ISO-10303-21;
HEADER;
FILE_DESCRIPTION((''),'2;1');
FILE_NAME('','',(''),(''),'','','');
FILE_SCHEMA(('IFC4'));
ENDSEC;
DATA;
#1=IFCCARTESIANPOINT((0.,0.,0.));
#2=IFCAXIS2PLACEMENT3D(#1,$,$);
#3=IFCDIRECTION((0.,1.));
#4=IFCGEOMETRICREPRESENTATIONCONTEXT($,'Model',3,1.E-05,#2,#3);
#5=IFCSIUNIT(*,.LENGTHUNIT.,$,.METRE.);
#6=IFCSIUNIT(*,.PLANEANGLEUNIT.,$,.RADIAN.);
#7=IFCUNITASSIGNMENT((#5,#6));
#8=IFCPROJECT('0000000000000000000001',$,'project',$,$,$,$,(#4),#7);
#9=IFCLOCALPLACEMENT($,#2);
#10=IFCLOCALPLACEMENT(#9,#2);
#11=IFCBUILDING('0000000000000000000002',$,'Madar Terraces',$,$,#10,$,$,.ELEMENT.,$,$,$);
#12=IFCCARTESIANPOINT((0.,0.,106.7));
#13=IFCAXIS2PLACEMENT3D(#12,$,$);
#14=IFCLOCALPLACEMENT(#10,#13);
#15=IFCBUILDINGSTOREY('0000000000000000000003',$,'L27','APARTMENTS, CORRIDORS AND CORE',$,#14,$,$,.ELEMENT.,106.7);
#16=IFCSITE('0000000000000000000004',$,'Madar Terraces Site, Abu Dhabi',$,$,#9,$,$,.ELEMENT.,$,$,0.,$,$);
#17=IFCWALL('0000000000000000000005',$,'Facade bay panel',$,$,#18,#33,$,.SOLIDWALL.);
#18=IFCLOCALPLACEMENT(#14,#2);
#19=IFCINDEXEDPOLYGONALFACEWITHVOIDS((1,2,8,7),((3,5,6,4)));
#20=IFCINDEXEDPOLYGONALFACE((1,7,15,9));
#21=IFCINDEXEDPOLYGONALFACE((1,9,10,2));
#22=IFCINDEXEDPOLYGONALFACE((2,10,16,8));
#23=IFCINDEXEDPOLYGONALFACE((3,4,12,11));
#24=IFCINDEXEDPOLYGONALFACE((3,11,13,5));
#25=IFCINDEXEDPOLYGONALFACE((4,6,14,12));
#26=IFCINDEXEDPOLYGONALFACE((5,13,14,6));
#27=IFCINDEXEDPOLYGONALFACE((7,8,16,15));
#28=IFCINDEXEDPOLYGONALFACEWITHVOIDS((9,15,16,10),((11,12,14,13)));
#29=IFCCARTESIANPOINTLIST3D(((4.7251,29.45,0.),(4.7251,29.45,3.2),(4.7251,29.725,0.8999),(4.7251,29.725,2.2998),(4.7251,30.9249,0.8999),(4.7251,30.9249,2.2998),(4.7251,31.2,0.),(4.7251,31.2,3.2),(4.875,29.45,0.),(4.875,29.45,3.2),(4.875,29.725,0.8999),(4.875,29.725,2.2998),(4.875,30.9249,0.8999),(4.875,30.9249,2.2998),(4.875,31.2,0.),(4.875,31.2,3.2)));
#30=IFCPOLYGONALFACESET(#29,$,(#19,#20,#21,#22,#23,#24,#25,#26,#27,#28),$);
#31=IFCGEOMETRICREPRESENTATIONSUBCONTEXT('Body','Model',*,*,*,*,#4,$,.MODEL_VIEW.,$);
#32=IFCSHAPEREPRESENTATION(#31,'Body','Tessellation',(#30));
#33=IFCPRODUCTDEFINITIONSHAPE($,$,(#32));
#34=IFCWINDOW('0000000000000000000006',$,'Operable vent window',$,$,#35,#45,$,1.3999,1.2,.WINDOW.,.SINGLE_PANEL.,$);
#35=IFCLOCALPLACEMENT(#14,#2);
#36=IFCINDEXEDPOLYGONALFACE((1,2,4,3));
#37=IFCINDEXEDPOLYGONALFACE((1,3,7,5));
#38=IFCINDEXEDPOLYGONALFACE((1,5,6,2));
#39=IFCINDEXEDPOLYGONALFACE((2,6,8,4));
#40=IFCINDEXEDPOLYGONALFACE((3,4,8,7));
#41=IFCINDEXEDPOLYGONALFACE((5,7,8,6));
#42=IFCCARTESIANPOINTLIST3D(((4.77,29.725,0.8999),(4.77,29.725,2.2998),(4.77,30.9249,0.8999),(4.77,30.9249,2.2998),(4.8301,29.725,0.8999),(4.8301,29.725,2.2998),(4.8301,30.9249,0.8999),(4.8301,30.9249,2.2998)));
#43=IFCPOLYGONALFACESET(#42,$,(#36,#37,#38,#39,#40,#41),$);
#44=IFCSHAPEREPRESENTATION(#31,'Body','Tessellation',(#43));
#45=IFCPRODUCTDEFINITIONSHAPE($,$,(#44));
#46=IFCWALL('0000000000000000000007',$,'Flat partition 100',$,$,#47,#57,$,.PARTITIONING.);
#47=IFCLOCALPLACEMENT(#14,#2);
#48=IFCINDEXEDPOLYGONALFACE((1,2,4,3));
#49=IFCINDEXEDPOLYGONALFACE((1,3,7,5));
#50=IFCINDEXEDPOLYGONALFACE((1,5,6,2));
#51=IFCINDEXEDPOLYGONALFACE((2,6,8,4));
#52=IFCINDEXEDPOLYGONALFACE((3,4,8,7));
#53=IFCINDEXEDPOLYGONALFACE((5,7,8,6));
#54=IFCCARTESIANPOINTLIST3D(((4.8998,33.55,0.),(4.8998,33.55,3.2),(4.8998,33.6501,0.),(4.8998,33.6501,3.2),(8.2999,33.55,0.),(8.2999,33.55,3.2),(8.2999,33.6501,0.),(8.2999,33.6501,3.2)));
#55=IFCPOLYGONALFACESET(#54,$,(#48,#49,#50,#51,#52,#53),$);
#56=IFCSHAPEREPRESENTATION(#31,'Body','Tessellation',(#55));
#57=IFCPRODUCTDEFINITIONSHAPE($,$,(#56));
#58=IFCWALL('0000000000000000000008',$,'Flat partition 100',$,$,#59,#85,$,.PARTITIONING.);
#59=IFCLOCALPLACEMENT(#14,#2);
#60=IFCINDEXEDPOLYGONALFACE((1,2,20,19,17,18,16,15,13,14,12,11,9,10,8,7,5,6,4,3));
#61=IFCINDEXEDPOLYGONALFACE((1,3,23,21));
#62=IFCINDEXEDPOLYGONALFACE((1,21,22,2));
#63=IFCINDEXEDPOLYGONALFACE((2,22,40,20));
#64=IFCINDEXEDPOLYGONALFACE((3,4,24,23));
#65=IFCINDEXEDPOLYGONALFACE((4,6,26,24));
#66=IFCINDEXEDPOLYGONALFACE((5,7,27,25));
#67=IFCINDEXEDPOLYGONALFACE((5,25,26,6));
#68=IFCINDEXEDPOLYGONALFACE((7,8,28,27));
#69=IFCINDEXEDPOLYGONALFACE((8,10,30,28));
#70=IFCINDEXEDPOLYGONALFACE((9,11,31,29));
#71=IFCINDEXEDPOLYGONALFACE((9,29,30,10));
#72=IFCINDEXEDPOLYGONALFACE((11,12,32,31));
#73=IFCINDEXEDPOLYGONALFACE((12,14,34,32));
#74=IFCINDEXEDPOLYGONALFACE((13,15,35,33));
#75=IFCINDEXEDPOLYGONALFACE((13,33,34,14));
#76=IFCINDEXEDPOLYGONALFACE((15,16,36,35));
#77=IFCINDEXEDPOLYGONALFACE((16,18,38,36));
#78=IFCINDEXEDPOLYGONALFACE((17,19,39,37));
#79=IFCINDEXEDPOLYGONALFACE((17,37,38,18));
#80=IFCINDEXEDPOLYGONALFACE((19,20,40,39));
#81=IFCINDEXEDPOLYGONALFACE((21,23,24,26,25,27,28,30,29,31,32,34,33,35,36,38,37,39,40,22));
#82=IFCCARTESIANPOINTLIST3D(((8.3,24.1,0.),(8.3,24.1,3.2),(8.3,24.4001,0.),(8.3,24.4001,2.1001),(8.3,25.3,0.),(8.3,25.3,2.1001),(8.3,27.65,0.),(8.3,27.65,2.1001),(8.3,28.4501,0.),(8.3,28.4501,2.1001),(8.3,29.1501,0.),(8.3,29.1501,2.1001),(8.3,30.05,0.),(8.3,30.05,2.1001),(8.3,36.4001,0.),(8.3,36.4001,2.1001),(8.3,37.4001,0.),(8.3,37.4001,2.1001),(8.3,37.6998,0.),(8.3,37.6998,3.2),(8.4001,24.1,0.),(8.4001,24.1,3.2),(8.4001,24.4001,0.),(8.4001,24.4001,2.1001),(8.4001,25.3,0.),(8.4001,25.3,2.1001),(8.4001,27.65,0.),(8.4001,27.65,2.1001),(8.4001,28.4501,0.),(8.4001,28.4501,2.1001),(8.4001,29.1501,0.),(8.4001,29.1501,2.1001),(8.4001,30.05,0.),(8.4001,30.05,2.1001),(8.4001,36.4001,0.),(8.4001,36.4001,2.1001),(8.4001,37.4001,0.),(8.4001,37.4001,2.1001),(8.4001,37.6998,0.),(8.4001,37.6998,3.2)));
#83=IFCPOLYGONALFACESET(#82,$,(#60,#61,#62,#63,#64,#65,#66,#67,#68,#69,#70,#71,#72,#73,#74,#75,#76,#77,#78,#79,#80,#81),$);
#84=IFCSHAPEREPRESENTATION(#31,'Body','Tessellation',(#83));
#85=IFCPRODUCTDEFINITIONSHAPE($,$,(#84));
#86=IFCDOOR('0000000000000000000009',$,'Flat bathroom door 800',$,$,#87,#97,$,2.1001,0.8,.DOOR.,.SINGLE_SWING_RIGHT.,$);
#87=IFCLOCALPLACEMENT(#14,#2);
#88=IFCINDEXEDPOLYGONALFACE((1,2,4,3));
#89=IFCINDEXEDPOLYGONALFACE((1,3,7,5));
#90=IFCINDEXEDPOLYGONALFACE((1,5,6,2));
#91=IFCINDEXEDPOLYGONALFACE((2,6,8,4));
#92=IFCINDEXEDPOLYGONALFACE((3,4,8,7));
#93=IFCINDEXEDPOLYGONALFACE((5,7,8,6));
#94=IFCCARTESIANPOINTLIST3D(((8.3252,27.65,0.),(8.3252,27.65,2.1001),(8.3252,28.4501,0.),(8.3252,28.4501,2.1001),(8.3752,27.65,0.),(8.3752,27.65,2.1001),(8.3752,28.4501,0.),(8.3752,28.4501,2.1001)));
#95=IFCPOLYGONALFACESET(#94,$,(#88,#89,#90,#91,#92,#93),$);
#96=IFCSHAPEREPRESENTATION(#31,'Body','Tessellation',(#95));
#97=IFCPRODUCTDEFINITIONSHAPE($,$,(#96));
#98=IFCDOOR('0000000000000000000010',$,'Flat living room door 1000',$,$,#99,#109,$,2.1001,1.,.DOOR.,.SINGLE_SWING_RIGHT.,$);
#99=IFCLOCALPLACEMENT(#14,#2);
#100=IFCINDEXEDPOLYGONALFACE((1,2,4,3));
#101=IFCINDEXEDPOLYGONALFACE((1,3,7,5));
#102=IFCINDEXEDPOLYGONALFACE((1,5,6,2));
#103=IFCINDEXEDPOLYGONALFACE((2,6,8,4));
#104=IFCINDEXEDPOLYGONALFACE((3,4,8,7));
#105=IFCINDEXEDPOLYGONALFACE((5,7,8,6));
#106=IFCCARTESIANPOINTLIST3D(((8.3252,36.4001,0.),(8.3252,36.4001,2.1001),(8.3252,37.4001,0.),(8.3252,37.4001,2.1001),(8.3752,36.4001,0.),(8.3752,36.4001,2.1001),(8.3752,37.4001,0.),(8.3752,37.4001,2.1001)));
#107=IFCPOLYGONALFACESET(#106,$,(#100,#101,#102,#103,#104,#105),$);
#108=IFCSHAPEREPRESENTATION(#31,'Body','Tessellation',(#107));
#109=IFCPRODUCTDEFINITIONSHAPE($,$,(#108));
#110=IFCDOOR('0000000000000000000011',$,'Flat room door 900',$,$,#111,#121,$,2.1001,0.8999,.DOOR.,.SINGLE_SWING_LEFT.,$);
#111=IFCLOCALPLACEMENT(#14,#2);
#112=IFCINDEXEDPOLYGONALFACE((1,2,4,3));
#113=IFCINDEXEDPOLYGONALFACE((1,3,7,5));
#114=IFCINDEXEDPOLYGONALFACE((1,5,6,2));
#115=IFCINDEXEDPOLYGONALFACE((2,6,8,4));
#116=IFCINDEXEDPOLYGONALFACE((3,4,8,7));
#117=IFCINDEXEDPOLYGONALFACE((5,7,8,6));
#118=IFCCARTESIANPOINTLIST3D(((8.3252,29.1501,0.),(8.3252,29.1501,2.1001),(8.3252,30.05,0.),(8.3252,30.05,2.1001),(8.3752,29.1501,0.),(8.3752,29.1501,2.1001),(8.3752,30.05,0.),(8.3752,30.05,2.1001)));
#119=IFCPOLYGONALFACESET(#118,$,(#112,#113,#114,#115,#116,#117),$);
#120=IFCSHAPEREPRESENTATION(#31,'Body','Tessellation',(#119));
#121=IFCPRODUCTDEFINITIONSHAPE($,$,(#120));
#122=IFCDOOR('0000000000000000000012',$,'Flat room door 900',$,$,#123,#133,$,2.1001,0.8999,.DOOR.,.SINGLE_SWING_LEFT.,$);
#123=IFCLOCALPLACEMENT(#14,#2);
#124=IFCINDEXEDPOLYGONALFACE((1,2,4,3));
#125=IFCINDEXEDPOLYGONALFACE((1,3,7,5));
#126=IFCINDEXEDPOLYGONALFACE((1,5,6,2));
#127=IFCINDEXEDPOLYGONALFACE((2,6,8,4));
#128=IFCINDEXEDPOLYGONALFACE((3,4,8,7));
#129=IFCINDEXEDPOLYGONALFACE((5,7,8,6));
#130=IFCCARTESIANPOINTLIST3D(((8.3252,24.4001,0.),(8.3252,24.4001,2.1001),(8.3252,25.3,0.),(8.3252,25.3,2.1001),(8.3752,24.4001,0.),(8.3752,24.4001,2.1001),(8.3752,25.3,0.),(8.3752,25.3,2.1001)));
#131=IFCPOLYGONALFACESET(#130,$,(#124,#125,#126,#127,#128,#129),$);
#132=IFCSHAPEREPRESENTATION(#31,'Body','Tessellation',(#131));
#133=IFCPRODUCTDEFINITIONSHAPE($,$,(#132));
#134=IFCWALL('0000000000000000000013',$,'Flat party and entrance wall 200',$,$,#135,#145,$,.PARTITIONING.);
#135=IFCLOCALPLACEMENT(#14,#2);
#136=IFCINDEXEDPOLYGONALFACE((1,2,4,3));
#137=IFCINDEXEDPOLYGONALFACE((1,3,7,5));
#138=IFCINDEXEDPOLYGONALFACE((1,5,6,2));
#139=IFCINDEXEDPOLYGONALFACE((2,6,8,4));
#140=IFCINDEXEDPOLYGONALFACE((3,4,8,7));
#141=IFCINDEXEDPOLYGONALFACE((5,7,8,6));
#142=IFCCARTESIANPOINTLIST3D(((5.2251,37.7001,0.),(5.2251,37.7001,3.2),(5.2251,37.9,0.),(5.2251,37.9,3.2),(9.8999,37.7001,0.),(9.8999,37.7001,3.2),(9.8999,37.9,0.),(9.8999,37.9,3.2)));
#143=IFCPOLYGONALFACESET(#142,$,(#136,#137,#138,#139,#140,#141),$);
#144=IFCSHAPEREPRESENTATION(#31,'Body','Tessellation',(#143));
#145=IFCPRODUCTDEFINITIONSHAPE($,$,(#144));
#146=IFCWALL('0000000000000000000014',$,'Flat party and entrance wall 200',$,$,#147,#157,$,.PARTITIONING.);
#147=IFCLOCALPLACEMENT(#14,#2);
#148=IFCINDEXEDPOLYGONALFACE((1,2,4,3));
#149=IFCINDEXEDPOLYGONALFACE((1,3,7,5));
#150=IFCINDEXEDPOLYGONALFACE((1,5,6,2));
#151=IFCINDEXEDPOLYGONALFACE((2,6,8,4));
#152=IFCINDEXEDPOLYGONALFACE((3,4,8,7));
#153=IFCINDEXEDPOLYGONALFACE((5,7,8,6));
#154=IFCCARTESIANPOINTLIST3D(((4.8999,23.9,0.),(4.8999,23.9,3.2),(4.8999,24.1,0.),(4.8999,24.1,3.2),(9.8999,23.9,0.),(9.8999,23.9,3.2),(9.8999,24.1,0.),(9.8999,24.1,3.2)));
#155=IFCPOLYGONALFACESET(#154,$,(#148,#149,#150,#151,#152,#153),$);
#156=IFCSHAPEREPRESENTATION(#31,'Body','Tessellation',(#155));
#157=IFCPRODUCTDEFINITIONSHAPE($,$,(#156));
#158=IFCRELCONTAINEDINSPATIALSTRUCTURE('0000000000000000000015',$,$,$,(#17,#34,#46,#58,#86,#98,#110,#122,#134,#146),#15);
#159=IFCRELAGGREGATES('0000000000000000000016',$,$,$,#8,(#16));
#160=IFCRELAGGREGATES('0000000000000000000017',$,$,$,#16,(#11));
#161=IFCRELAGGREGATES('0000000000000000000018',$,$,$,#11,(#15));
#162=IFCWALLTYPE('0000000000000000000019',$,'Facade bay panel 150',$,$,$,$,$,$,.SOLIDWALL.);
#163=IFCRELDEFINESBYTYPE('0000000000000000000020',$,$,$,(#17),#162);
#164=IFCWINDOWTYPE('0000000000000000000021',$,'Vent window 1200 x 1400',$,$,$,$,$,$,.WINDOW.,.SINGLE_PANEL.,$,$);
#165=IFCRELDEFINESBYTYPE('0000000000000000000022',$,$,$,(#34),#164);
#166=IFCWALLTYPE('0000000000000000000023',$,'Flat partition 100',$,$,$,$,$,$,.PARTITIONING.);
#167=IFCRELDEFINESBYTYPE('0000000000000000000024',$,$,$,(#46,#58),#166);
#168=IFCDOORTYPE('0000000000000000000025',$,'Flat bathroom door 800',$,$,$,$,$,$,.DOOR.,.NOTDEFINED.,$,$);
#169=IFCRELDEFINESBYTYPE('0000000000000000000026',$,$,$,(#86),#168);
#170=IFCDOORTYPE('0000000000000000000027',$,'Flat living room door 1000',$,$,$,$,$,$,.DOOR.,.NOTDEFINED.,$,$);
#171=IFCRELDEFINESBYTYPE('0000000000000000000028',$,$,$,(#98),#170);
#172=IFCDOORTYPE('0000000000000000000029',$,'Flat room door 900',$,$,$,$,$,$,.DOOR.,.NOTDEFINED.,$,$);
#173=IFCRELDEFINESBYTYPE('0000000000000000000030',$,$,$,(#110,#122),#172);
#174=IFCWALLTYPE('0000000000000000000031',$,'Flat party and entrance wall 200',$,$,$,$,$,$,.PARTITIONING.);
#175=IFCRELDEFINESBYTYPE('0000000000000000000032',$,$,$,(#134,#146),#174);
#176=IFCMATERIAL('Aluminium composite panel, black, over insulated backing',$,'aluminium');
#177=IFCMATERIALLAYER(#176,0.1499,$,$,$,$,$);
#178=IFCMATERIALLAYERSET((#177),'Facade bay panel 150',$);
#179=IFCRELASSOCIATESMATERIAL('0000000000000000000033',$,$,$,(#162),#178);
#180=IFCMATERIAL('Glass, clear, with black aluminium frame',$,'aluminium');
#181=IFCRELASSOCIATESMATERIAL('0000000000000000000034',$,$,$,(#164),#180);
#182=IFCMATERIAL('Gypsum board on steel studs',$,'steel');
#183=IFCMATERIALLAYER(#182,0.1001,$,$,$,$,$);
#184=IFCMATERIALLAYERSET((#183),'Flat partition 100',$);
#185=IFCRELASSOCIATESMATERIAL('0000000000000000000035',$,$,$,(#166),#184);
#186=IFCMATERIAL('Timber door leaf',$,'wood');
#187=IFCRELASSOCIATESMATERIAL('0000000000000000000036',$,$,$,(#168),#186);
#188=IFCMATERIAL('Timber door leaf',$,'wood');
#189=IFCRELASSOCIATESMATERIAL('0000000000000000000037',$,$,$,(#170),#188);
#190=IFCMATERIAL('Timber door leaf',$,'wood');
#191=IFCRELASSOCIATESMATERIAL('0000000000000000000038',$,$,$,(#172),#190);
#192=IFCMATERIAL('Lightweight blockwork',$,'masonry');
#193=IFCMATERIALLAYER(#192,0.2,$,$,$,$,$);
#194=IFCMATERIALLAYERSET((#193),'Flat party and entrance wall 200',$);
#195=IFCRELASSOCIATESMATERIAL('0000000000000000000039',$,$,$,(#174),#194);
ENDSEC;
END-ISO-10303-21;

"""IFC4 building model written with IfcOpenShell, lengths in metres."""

from ifc_helpers import new_model, si_unit, direction, frame, frame_2d, origin, place, context, subcontext, project, spatial, rectangle, extrude, material, layer, layer_set, type_object, element, fill, save


model = new_model("IFC4")

# Units and contexts
model_context = context("Model", 3, precision=1e-05, world=origin(), true_north=direction((0.0, 1.0)))
body_context = subcontext(model_context, "Body", "Model", "MODEL_VIEW")
ifc_project = project(units=[si_unit("LENGTHUNIT", "METRE"), si_unit("PLANEANGLEUNIT", "RADIAN")], contexts=[model_context])

# Site, building, storey
site_placement = place(None, origin())
site = spatial("IfcSite", under=ifc_project, at=site_placement, Name="Madar Terraces Site, Abu Dhabi", CompositionType="ELEMENT", RefElevation=0.0)
building_placement = place(site_placement, origin())
building = spatial("IfcBuilding", under=site, at=building_placement, Name="Madar Terraces", CompositionType="ELEMENT")
storey_placement = place(building_placement, frame((0.0, 0.0, 106.7)))
storey = spatial("IfcBuildingStorey", under=building, at=storey_placement, Name="L27", Description="APARTMENTS, CORRIDORS AND CORE", CompositionType="ELEMENT", Elevation=106.7)

# Wall, opening, window
ifc_material_1 = material(Name="Aluminium composite panel, black, over insulated backing", Category="aluminium")
ifc_layer_1 = layer(ifc_material_1, 0.1499)
ifc_layer_set_1 = layer_set([ifc_layer_1], Name="Facade bay panel 150")
wall_type_1 = type_object("IfcWallType", Name="Facade bay panel 150", PredefinedType="SOLIDWALL", material=ifc_layer_set_1)
ifc_material_2 = material(Name="Glass, clear, with black aluminium frame", Category="aluminium")
window_type = type_object("IfcWindowType", Name="Vent window 1200 x 1400", PartitioningType="SINGLE_PANEL", PredefinedType="WINDOW", material=ifc_material_2)
wall_1_placement = place(storey_placement, frame((4.8, 31.2, 0.0), z_axis=(0.0, 0.0, 1.0), x_axis=(0.0, -1.0, 0.0)))
wall_1 = element("IfcWall", 1, at=wall_1_placement, inside=storey, type_object=wall_type_1, Name="Facade bay panel", PredefinedType="SOLIDWALL", context=body_context, shape_type="SweptSolid", body=[
    extrude(rectangle(XDim=1.75, YDim=0.1499, at=frame_2d((0.875, 0.0))), origin(), (0.0, 0.0, 1.0), 3.2),
])
opening_1_placement = place(wall_1_placement, frame((0.2749, 0.0, 0.8999)))
opening_1 = element("IfcOpeningElement", 2, at=opening_1_placement, cuts=wall_1, PredefinedType="OPENING", context=body_context, shape_type="SweptSolid", body=[
    extrude(rectangle(XDim=1.2, YDim=1.3999, at=frame_2d((0.6001, 0.7))), frame((0.0, 0.085, 0.0), z_axis=(0.0, -1.0, 0.0), x_axis=(1.0, 0.0, 0.0)), (0.0, 0.0, 1.0), 0.1699),
])
window_1_placement = place(opening_1_placement, origin())
window_1 = element("IfcWindow", 3, at=window_1_placement, inside=storey, type_object=window_type, Name="Operable vent window", OverallHeight=1.3999, OverallWidth=1.2, PartitioningType="SINGLE_PANEL", PredefinedType="WINDOW", context=body_context, shape_type="SweptSolid", body=[
    extrude(rectangle(XDim=1.2, YDim=1.3999, at=frame_2d((0.6001, 0.7))), frame((0.0, 0.03, 0.0), z_axis=(0.0, -1.0, 0.0), x_axis=(1.0, 0.0, 0.0)), (0.0, 0.0, 1.0), 0.0601),
])
fill(opening_1, window_1)

# Wall
ifc_material_3 = material(Name="Gypsum board on steel studs", Category="steel")
ifc_layer_2 = layer(ifc_material_3, 0.1001)
ifc_layer_set_2 = layer_set([ifc_layer_2], Name="Flat partition 100")
wall_type_2 = type_object("IfcWallType", Name="Flat partition 100", PredefinedType="PARTITIONING", material=ifc_layer_set_2)
wall_2_placement = place(storey_placement, frame((8.3, 33.6001, 0.0), z_axis=(0.0, 0.0, 1.0), x_axis=(-1.0, 0.0, 0.0)))
element("IfcWall", 4, at=wall_2_placement, inside=storey, type_object=wall_type_2, Name="Flat partition 100", PredefinedType="PARTITIONING", context=body_context, shape_type="SweptSolid", body=[
    extrude(rectangle(XDim=3.4001, YDim=0.1001, at=frame_2d((1.7002, 0.0))), origin(), (0.0, 0.0, 1.0), 3.2),
])

# Wall, openings, doors
wall_3_placement = place(storey_placement, frame((8.3501, 24.1001, 0.0), z_axis=(0.0, 0.0, 1.0), x_axis=(0.0, 1.0, 0.0)))
wall_3 = element("IfcWall", 5, at=wall_3_placement, inside=storey, type_object=wall_type_2, Name="Flat partition 100", PredefinedType="PARTITIONING", context=body_context, shape_type="SweptSolid", body=[
    extrude(rectangle(XDim=13.5999, YDim=0.1001, at=frame_2d((6.7998, 0.0))), origin(), (0.0, 0.0, 1.0), 3.2),
])
opening_2_placement = place(wall_3_placement, frame((12.3, 0.0, 0.0)))
opening_2 = element("IfcOpeningElement", 6, at=opening_2_placement, cuts=wall_3, PredefinedType="OPENING", context=body_context, shape_type="SweptSolid", body=[
    extrude(rectangle(XDim=1.0, YDim=2.1001, at=frame_2d((0.5, 1.05))), frame((0.0, 0.0601, 0.0), z_axis=(0.0, -1.0, 0.0), x_axis=(1.0, 0.0, 0.0)), (0.0, 0.0, 1.0), 0.1201),
])
opening_3_placement = place(wall_3_placement, frame((5.05, 0.0, 0.0)))
opening_3 = element("IfcOpeningElement", 7, at=opening_3_placement, cuts=wall_3, PredefinedType="OPENING", context=body_context, shape_type="SweptSolid", body=[
    extrude(rectangle(XDim=0.8999, YDim=2.1001, at=frame_2d((0.45, 1.05))), frame((0.0, 0.0601, 0.0), z_axis=(0.0, -1.0, 0.0), x_axis=(1.0, 0.0, 0.0)), (0.0, 0.0, 1.0), 0.1201),
])
opening_4_placement = place(wall_3_placement, frame((3.55, 0.0, 0.0)))
opening_4 = element("IfcOpeningElement", 8, at=opening_4_placement, cuts=wall_3, PredefinedType="OPENING", context=body_context, shape_type="SweptSolid", body=[
    extrude(rectangle(XDim=0.8, YDim=2.1001, at=frame_2d((0.3999, 1.05))), frame((0.0, 0.0601, 0.0), z_axis=(0.0, -1.0, 0.0), x_axis=(1.0, 0.0, 0.0)), (0.0, 0.0, 1.0), 0.1201),
])
opening_5_placement = place(wall_3_placement, frame((0.3, 0.0, 0.0)))
opening_5 = element("IfcOpeningElement", 9, at=opening_5_placement, cuts=wall_3, PredefinedType="OPENING", context=body_context, shape_type="SweptSolid", body=[
    extrude(rectangle(XDim=0.8999, YDim=2.1001, at=frame_2d((0.45, 1.05))), frame((0.0, 0.0601, 0.0), z_axis=(0.0, -1.0, 0.0), x_axis=(1.0, 0.0, 0.0)), (0.0, 0.0, 1.0), 0.1201),
])
ifc_material_4 = material(Name="Timber door leaf", Category="wood")
door_type_1 = type_object("IfcDoorType", Name="Flat bathroom door 800", OperationType="NOTDEFINED", PredefinedType="DOOR", material=ifc_material_4)
door_1_placement = place(opening_4_placement, origin())
door_1 = element("IfcDoor", 10, at=door_1_placement, inside=storey, type_object=door_type_1, Name="Flat bathroom door 800", OperationType="SINGLE_SWING_RIGHT", OverallHeight=2.1001, OverallWidth=0.8, PredefinedType="DOOR", context=body_context, shape_type="SweptSolid", body=[
    extrude(rectangle(XDim=0.8, YDim=2.1001, at=frame_2d((0.3999, 1.05))), frame((0.0, 0.0249, 0.0), z_axis=(0.0, -1.0, 0.0), x_axis=(1.0, 0.0, 0.0)), (0.0, 0.0, 1.0), 0.05),
])
fill(opening_4, door_1)
ifc_material_5 = material(Name="Timber door leaf", Category="wood")
door_type_2 = type_object("IfcDoorType", Name="Flat living room door 1000", OperationType="NOTDEFINED", PredefinedType="DOOR", material=ifc_material_5)
door_2_placement = place(opening_2_placement, origin())
door_2 = element("IfcDoor", 11, at=door_2_placement, inside=storey, type_object=door_type_2, Name="Flat living room door 1000", OperationType="SINGLE_SWING_RIGHT", OverallHeight=2.1001, OverallWidth=1.0, PredefinedType="DOOR", context=body_context, shape_type="SweptSolid", body=[
    extrude(rectangle(XDim=1.0, YDim=2.1001, at=frame_2d((0.5, 1.05))), frame((0.0, 0.0249, 0.0), z_axis=(0.0, -1.0, 0.0), x_axis=(1.0, 0.0, 0.0)), (0.0, 0.0, 1.0), 0.05),
])
fill(opening_2, door_2)
ifc_material_6 = material(Name="Timber door leaf", Category="wood")
door_type_3 = type_object("IfcDoorType", Name="Flat room door 900", OperationType="NOTDEFINED", PredefinedType="DOOR", material=ifc_material_6)
door_3_placement = place(opening_3_placement, origin())
door_3 = element("IfcDoor", 12, at=door_3_placement, inside=storey, type_object=door_type_3, Name="Flat room door 900", OperationType="SINGLE_SWING_LEFT", OverallHeight=2.1001, OverallWidth=0.8999, PredefinedType="DOOR", context=body_context, shape_type="SweptSolid", body=[
    extrude(rectangle(XDim=0.8999, YDim=2.1001, at=frame_2d((0.45, 1.05))), frame((0.0, 0.0249, 0.0), z_axis=(0.0, -1.0, 0.0), x_axis=(1.0, 0.0, 0.0)), (0.0, 0.0, 1.0), 0.05),
])
fill(opening_3, door_3)
door_4_placement = place(opening_5_placement, origin())
door_4 = element("IfcDoor", 13, at=door_4_placement, inside=storey, type_object=door_type_3, Name="Flat room door 900", OperationType="SINGLE_SWING_LEFT", OverallHeight=2.1001, OverallWidth=0.8999, PredefinedType="DOOR", context=body_context, shape_type="SweptSolid", body=[
    extrude(rectangle(XDim=0.8999, YDim=2.1001, at=frame_2d((0.45, 1.05))), frame((0.0, 0.0249, 0.0), z_axis=(0.0, -1.0, 0.0), x_axis=(1.0, 0.0, 0.0)), (0.0, 0.0, 1.0), 0.05),
])
fill(opening_5, door_4)

# Walls
ifc_material_7 = material(Name="Lightweight blockwork", Category="masonry")
ifc_layer_3 = layer(ifc_material_7, 0.2)
ifc_layer_set_3 = layer_set([ifc_layer_3], Name="Flat party and entrance wall 200")
wall_type_3 = type_object("IfcWallType", Name="Flat party and entrance wall 200", PredefinedType="PARTITIONING", material=ifc_layer_set_3)
wall_4_placement = place(storey_placement, frame((5.2251, 37.8, 0.0), z_axis=(0.0, 0.0, 1.0), x_axis=(1.0, 0.0, 0.0)))
element("IfcWall", 14, at=wall_4_placement, inside=storey, type_object=wall_type_3, Name="Flat party and entrance wall 200", PredefinedType="PARTITIONING", context=body_context, shape_type="SweptSolid", body=[
    extrude(rectangle(XDim=4.6748, YDim=0.2, at=frame_2d((2.3374, 0.0))), origin(), (0.0, 0.0, 1.0), 3.2),
])
wall_5_placement = place(storey_placement, frame((4.8999, 24.0, 0.0), z_axis=(0.0, 0.0, 1.0), x_axis=(1.0, 0.0, 0.0)))
element("IfcWall", 15, at=wall_5_placement, inside=storey, type_object=wall_type_3, Name="Flat party and entrance wall 200", PredefinedType="PARTITIONING", context=body_context, shape_type="SweptSolid", body=[
    extrude(rectangle(XDim=5.0, YDim=0.2, at=frame_2d((2.5, 0.0))), origin(), (0.0, 0.0, 1.0), 3.2),
])

save(model, "model.ifc")
